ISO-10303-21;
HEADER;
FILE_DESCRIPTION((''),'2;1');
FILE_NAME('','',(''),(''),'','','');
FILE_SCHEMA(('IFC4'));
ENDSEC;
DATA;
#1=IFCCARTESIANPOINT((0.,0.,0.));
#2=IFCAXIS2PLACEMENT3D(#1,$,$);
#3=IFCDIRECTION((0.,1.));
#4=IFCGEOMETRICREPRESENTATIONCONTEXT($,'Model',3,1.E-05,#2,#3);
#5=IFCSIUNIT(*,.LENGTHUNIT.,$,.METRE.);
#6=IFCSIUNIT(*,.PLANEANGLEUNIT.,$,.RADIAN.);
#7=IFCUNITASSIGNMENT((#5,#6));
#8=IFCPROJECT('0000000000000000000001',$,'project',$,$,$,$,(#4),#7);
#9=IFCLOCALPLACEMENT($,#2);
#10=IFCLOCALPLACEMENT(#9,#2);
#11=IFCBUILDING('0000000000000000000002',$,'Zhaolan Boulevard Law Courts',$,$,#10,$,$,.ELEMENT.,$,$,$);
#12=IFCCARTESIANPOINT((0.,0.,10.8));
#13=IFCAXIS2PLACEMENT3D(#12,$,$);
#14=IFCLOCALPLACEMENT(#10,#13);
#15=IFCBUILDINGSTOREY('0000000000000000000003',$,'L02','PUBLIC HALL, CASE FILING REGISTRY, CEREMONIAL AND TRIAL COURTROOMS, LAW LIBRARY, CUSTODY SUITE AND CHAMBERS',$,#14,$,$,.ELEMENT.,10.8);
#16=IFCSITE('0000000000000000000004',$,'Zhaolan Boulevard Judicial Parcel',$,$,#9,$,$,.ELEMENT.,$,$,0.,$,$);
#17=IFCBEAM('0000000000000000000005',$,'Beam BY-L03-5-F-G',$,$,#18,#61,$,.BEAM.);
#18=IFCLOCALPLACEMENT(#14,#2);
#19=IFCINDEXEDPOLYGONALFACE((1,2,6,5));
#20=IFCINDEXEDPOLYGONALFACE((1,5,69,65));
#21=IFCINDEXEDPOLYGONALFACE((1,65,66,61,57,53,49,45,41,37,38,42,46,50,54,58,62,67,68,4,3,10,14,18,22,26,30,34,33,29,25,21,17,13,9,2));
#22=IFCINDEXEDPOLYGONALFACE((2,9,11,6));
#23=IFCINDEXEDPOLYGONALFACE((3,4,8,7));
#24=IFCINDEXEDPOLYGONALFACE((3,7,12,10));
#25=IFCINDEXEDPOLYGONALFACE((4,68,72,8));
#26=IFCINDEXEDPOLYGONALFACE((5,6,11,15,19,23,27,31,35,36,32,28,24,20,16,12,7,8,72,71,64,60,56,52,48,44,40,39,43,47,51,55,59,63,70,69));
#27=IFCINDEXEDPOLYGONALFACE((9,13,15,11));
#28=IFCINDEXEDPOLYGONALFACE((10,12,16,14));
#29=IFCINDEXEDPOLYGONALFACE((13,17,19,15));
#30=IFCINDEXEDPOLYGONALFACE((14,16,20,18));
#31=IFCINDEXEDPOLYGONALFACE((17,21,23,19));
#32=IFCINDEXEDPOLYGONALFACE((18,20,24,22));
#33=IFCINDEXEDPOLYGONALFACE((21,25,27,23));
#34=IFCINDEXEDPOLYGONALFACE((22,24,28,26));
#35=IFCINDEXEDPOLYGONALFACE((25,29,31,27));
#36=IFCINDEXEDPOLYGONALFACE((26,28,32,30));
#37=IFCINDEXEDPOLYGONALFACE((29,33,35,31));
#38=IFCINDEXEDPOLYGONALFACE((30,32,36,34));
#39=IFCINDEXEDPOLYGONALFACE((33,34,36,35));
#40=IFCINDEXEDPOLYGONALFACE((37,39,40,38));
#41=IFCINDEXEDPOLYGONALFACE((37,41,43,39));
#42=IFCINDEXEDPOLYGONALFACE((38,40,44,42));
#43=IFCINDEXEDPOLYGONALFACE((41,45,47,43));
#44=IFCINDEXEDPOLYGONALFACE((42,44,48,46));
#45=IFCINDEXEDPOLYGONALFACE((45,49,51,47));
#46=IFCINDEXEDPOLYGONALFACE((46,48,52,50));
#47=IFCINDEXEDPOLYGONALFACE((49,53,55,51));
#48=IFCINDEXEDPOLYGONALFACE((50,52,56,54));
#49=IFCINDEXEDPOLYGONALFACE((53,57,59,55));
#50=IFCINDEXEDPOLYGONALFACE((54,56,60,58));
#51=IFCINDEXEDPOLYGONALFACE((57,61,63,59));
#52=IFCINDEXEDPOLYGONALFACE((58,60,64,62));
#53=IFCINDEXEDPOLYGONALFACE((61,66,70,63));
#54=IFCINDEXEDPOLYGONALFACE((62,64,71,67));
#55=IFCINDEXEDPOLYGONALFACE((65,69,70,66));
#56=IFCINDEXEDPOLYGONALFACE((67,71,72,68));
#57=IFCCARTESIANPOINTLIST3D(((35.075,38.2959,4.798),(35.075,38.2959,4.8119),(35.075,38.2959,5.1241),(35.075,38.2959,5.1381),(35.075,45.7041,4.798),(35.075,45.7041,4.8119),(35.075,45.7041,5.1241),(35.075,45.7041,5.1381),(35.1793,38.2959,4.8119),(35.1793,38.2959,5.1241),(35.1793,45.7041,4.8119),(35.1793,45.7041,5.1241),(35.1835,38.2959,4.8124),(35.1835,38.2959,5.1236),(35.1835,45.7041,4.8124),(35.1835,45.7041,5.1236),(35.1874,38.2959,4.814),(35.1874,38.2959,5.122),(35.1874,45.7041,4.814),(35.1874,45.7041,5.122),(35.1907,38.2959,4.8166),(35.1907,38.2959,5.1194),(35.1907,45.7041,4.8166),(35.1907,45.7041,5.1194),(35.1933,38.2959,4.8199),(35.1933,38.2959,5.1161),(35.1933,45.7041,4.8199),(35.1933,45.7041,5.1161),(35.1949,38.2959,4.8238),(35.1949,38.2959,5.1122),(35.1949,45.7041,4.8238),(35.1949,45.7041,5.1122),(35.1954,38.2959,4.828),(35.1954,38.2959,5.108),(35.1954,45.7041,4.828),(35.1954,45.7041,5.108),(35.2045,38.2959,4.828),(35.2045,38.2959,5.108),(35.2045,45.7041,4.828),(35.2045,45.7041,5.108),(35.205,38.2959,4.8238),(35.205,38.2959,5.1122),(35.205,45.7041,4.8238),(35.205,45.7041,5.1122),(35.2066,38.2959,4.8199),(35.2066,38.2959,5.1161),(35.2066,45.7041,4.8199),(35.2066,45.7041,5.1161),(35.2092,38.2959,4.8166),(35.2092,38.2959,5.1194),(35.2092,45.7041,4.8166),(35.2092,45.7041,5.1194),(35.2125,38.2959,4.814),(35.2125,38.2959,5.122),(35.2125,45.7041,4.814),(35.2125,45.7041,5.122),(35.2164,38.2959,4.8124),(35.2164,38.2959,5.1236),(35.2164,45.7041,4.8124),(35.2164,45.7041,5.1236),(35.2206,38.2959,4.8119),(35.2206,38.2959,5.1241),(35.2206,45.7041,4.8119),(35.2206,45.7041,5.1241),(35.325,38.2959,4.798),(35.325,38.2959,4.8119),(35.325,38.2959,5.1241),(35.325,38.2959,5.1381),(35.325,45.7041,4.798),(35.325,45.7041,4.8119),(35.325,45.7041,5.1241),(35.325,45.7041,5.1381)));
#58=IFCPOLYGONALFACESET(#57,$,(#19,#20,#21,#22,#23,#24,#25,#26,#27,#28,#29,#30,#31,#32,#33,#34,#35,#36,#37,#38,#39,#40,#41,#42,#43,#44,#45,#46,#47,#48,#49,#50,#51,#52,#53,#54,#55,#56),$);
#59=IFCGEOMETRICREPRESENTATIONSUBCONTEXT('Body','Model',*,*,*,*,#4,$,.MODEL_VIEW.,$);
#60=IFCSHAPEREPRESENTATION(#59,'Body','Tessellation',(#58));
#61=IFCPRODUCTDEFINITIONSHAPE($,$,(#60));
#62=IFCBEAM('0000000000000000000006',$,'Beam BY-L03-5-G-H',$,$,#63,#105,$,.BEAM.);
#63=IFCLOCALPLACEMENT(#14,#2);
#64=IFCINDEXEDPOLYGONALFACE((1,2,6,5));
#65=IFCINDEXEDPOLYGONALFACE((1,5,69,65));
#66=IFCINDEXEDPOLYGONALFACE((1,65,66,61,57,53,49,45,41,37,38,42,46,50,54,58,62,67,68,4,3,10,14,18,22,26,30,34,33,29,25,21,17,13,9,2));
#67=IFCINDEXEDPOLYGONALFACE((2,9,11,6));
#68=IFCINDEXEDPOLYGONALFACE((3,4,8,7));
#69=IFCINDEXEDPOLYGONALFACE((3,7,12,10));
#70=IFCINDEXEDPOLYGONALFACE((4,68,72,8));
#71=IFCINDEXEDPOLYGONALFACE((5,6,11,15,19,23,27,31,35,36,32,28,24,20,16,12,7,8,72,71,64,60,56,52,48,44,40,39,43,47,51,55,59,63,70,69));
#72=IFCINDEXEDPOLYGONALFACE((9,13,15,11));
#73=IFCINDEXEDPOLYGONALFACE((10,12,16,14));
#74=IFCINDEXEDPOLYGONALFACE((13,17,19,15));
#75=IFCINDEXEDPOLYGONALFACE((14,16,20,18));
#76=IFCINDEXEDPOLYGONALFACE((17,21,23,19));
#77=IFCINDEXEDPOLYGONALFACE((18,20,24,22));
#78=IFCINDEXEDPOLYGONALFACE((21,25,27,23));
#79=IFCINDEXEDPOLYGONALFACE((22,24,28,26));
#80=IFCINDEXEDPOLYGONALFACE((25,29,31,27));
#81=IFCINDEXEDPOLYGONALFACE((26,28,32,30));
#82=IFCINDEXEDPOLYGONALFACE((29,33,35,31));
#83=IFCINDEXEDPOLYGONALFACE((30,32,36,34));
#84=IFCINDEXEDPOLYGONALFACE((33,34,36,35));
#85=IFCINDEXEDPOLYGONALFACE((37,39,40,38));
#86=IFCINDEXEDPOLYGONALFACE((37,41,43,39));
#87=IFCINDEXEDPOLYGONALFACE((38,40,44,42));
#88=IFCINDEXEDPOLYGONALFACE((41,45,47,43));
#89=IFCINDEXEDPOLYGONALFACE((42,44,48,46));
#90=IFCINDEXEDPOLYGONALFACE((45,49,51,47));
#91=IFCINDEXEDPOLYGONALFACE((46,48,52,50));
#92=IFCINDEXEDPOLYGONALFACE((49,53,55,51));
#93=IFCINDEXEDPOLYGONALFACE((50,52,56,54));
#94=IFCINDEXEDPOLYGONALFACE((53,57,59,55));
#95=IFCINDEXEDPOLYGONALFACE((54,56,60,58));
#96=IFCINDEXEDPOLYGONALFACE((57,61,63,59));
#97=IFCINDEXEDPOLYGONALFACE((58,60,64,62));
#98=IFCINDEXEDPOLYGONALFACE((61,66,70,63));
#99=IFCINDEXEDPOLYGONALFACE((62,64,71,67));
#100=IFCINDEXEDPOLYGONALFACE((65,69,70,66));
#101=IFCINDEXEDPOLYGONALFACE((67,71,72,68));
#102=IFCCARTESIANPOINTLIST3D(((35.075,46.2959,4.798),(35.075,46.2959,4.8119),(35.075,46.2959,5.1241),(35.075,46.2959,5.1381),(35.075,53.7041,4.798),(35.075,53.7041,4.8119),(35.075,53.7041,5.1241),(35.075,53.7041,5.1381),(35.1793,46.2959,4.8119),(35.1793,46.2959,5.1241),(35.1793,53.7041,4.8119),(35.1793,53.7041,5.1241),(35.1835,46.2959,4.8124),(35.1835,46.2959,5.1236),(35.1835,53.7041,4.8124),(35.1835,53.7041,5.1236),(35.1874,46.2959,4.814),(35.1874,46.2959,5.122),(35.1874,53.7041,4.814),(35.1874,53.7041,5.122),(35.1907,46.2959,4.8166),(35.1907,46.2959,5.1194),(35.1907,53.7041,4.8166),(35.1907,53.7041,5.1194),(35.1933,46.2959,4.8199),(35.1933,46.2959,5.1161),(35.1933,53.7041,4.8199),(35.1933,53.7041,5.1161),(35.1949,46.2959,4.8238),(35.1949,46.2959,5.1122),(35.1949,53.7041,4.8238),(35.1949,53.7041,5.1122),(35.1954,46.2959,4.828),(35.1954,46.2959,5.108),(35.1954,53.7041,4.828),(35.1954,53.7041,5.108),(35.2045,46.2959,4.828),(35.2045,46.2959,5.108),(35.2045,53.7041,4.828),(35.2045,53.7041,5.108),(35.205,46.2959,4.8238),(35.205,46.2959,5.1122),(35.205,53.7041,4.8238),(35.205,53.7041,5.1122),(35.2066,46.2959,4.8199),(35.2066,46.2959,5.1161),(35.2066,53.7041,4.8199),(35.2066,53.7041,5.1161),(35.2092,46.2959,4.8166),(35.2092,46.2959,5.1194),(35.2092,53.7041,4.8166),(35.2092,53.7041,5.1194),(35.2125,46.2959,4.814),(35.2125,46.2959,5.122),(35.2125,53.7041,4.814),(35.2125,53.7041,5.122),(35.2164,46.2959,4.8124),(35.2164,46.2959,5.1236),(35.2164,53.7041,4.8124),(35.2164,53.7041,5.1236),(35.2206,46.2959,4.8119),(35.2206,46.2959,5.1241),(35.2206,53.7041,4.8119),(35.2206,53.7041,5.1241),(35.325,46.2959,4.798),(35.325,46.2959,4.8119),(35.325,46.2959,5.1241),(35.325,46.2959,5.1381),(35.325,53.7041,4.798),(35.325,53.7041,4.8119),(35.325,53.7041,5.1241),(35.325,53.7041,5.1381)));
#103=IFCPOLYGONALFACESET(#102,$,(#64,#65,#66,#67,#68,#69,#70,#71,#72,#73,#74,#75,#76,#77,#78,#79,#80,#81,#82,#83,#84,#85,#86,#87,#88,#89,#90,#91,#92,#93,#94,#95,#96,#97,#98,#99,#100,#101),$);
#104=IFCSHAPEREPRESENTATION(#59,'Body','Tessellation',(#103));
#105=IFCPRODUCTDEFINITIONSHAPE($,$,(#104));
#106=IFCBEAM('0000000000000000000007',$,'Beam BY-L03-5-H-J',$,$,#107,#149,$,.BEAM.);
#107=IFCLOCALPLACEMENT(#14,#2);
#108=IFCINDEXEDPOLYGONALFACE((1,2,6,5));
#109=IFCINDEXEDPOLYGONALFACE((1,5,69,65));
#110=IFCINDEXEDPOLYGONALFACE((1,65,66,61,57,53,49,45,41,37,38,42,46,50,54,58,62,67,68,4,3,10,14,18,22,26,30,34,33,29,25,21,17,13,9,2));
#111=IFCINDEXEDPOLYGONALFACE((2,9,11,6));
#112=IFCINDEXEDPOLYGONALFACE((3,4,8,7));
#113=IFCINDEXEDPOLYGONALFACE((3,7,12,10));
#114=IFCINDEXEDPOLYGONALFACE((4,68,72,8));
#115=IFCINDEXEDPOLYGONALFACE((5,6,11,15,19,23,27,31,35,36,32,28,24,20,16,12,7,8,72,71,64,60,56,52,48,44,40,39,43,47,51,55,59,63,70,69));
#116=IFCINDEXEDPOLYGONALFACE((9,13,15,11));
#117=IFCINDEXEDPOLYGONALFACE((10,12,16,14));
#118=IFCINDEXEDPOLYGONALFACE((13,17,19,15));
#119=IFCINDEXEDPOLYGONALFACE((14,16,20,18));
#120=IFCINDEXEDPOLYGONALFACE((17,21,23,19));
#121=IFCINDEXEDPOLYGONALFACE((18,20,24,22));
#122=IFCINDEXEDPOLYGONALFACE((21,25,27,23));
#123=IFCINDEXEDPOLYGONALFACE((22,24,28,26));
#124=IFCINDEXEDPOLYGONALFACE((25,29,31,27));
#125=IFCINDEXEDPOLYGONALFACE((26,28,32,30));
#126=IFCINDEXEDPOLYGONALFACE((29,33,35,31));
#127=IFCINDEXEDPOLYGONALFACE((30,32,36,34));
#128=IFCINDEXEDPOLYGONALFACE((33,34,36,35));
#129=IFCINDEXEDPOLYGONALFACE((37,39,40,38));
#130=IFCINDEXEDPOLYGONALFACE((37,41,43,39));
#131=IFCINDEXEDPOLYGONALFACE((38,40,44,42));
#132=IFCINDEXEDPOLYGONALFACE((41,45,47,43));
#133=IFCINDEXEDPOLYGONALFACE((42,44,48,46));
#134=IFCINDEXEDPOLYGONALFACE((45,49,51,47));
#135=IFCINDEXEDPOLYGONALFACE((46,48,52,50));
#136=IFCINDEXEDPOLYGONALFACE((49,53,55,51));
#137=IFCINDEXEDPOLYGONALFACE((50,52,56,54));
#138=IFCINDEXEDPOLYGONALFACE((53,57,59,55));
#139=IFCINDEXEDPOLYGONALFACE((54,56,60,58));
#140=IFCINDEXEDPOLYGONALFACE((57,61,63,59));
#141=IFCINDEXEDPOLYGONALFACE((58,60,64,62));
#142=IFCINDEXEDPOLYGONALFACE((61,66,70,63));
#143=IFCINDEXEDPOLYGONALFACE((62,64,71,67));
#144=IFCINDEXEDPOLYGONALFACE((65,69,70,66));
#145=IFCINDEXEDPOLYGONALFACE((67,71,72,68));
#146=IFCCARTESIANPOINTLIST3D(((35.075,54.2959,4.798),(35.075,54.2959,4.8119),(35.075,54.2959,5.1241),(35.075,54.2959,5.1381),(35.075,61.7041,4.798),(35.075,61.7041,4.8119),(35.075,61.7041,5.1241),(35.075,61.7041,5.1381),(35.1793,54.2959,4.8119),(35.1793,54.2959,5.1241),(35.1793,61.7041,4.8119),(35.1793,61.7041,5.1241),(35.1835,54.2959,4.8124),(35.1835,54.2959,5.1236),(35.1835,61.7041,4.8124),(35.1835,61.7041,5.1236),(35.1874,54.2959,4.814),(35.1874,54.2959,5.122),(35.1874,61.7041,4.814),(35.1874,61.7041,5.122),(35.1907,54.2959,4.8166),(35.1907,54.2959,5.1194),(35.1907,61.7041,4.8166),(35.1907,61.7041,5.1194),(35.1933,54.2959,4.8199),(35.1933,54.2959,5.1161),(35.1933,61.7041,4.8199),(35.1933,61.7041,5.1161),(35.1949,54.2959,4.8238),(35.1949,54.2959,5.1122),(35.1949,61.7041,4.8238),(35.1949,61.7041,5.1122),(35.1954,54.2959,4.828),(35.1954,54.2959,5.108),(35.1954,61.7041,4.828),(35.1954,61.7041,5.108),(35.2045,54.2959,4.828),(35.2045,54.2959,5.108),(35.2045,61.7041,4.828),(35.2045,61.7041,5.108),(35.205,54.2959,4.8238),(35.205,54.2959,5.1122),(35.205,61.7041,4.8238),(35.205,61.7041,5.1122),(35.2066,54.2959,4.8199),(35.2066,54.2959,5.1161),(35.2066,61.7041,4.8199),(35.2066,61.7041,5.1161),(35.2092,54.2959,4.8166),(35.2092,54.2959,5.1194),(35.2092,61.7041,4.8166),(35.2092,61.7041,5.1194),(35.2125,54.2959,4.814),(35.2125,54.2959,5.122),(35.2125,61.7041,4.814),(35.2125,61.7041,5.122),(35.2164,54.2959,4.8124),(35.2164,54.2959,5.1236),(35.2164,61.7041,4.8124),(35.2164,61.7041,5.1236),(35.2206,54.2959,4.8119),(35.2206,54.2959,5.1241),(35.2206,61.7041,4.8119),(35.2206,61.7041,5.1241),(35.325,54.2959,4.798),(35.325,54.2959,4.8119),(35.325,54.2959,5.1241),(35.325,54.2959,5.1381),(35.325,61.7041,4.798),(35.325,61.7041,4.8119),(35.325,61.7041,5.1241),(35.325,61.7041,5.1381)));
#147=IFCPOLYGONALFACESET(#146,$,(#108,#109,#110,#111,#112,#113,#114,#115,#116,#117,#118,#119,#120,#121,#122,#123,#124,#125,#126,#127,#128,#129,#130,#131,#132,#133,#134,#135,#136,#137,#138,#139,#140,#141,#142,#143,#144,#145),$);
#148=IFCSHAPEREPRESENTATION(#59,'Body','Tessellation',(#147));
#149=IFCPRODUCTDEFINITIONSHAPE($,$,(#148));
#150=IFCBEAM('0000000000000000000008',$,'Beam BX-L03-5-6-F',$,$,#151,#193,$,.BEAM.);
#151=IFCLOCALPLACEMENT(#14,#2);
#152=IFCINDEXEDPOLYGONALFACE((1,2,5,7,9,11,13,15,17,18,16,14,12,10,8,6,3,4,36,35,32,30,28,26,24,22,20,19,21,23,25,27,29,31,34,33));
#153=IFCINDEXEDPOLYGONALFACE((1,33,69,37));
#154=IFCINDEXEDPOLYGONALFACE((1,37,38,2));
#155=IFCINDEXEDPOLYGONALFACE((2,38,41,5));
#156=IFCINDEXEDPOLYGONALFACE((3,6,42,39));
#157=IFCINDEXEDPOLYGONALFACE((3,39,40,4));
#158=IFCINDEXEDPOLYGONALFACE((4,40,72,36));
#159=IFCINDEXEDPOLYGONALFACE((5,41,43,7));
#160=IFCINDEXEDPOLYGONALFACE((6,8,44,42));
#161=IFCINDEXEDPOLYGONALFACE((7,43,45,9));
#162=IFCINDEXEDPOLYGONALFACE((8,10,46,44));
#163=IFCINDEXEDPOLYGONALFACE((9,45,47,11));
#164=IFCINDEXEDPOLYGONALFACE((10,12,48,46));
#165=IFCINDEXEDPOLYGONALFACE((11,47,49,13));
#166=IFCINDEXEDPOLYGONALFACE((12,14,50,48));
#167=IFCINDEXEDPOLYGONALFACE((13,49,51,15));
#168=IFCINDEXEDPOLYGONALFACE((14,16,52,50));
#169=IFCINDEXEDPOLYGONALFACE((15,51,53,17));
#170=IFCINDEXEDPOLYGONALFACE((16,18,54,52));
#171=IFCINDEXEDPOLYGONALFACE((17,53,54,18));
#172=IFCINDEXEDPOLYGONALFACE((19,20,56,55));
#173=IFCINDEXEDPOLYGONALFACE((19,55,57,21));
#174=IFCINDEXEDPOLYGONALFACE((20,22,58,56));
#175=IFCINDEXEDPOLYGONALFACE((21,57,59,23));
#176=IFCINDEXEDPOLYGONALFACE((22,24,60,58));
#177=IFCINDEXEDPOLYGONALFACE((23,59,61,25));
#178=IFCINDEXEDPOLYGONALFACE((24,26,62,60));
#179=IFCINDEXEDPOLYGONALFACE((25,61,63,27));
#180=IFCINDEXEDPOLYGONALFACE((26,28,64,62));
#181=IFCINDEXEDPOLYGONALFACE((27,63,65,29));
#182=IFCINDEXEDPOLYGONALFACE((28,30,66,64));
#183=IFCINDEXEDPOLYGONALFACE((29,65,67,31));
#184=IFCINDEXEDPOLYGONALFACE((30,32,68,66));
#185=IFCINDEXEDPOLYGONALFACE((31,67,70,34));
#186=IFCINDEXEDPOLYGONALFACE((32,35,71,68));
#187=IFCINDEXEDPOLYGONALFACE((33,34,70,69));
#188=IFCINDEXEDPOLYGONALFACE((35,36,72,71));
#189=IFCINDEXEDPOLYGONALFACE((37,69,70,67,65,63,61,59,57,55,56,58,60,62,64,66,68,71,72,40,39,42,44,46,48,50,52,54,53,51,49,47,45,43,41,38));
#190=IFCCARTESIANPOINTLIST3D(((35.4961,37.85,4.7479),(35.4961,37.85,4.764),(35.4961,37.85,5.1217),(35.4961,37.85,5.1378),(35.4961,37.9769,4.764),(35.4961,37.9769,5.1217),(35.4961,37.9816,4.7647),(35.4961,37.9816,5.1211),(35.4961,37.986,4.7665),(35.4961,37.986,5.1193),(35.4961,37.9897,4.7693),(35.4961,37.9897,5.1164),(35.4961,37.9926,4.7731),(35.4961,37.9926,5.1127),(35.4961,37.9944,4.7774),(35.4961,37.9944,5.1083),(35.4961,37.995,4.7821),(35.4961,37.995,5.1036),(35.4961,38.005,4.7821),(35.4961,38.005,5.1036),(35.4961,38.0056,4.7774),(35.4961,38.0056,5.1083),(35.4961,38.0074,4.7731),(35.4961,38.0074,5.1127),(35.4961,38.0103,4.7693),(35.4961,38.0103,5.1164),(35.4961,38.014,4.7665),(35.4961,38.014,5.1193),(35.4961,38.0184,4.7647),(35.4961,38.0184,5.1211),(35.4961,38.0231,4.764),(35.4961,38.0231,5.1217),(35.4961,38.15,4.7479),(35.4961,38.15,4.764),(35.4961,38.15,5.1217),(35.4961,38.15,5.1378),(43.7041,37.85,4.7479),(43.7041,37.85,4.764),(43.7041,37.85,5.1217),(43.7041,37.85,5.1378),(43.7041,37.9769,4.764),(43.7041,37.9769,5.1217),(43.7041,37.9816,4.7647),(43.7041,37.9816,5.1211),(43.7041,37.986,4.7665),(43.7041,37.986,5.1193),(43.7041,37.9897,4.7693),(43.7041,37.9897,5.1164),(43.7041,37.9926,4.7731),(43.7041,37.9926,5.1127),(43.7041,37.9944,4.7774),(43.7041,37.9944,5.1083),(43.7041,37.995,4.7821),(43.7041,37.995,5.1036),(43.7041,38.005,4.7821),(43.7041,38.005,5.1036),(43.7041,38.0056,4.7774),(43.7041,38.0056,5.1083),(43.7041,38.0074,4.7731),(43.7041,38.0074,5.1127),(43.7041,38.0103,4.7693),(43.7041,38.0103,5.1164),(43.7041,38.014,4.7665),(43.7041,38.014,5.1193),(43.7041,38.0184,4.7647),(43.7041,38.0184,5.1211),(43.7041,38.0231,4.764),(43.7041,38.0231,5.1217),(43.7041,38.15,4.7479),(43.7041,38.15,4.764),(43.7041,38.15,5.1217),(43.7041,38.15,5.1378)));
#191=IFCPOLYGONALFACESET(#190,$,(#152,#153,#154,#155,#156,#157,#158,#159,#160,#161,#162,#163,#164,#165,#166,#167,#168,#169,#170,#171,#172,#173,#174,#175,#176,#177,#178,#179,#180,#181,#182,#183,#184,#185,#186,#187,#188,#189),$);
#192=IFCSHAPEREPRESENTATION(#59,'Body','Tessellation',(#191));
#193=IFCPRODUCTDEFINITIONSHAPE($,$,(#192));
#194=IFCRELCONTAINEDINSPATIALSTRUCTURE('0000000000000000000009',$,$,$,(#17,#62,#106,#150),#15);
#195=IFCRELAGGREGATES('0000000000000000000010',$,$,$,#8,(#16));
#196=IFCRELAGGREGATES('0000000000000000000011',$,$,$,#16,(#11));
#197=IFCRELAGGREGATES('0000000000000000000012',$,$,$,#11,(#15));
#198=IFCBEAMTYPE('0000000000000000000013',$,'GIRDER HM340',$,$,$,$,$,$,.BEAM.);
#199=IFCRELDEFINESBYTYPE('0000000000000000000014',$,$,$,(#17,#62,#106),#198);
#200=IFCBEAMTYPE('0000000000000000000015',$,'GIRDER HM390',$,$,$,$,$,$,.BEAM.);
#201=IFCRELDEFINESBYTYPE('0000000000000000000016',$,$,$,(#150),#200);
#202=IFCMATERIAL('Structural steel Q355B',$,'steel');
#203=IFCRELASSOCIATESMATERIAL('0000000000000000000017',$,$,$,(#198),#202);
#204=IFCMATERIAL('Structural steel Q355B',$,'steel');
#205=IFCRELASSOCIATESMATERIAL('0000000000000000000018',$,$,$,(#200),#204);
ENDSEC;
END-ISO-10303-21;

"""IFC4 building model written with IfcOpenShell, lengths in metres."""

from ifc_helpers import new_model, si_unit, direction, frame, origin, origin_2d, place, context, subcontext, project, spatial, i_section, extrude, material, material_profile, profile_set, type_object, element, save


model = new_model("IFC4")

# Units and contexts
model_context = context("Model", 3, precision=1e-05, world=origin(), true_north=direction((0.0, 1.0)))
body_context = subcontext(model_context, "Body", "Model", "MODEL_VIEW")
ifc_project = project(units=[si_unit("LENGTHUNIT", "METRE"), si_unit("PLANEANGLEUNIT", "RADIAN")], contexts=[model_context])

# Site, building, storey
site_placement = place(None, origin())
site = spatial("IfcSite", under=ifc_project, at=site_placement, Name="Zhaolan Boulevard Judicial Parcel", CompositionType="ELEMENT", RefElevation=0.0)
building_placement = place(site_placement, origin())
building = spatial("IfcBuilding", under=site, at=building_placement, Name="Zhaolan Boulevard Law Courts", CompositionType="ELEMENT")
storey_placement = place(building_placement, frame((0.0, 0.0, 10.8)))
storey = spatial("IfcBuildingStorey", under=building, at=storey_placement, Name="L02", Description="PUBLIC HALL, CASE FILING REGISTRY, CEREMONIAL AND TRIAL COURTROOMS, LAW LIBRARY, CUSTODY SUITE AND CHAMBERS", CompositionType="ELEMENT", Elevation=10.8)

# Beams
ifc_material_1 = material(Name="Structural steel Q355B", Category="steel")
ifc_material_profile_1 = material_profile(ifc_material_1, i_section(OverallWidth=0.25, OverallDepth=0.3401, WebThickness=0.009, FlangeThickness=0.0139, FilletRadius=0.0161, at=origin_2d()), Name="HM340x250")
ifc_profile_set_1 = profile_set([ifc_material_profile_1], Name="Structural steel Q355B")
beam_type_1 = type_object("IfcBeamType", Name="GIRDER HM340", PredefinedType="BEAM", material=ifc_profile_set_1)
for number, where, z_axis, x_axis, name in (
    (1, (35.2, 38.2959, 4.968), (0.0, 1.0, 0.0), (-1.0, 0.0, 0.0), "Beam BY-L03-5-F-G"),
    (2, (35.2, 46.2959, 4.968), (0.0, 1.0, 0.0), (-1.0, 0.0, 0.0), "Beam BY-L03-5-G-H"),
    (3, (35.2, 54.2959, 4.968), (0.0, 1.0, 0.0), (-1.0, 0.0, 0.0), "Beam BY-L03-5-H-J"),
):
    element("IfcBeam", number, at=place(storey_placement, frame(where, z_axis=z_axis, x_axis=x_axis)), inside=storey, type_object=beam_type_1, Name=name, PredefinedType="BEAM", context=body_context, shape_type="SweptSolid", body=[
        extrude(i_section(OverallWidth=0.25, OverallDepth=0.3401, WebThickness=0.009, FlangeThickness=0.0139, FilletRadius=0.0161, at=origin_2d()), origin(), (0.0, 0.0, 1.0), 7.4082),
    ])
ifc_material_2 = material(Name="Structural steel Q355B", Category="steel")
ifc_material_profile_2 = material_profile(ifc_material_2, i_section(OverallWidth=0.3, OverallDepth=0.3899, WebThickness=0.01, FlangeThickness=0.0161, FilletRadius=0.0181, at=origin_2d()), Name="HM390x300")
ifc_profile_set_2 = profile_set([ifc_material_profile_2], Name="Structural steel Q355B")
beam_type_2 = type_object("IfcBeamType", Name="GIRDER HM390", PredefinedType="BEAM", material=ifc_profile_set_2)
for number, where, z_axis, x_axis, name in (
    (4, (35.4961, 38.0, 4.9429), (1.0, 0.0, 0.0), (0.0, 1.0, 0.0), "Beam BX-L03-5-6-F"),
):
    element("IfcBeam", number, at=place(storey_placement, frame(where, z_axis=z_axis, x_axis=x_axis)), inside=storey, type_object=beam_type_2, Name=name, PredefinedType="BEAM", context=body_context, shape_type="SweptSolid", body=[
        extrude(i_section(OverallWidth=0.3, OverallDepth=0.3899, WebThickness=0.01, FlangeThickness=0.0161, FilletRadius=0.0181, at=origin_2d()), origin(), (0.0, 0.0, 1.0), 8.208),
    ])

save(model, "model.ifc")
